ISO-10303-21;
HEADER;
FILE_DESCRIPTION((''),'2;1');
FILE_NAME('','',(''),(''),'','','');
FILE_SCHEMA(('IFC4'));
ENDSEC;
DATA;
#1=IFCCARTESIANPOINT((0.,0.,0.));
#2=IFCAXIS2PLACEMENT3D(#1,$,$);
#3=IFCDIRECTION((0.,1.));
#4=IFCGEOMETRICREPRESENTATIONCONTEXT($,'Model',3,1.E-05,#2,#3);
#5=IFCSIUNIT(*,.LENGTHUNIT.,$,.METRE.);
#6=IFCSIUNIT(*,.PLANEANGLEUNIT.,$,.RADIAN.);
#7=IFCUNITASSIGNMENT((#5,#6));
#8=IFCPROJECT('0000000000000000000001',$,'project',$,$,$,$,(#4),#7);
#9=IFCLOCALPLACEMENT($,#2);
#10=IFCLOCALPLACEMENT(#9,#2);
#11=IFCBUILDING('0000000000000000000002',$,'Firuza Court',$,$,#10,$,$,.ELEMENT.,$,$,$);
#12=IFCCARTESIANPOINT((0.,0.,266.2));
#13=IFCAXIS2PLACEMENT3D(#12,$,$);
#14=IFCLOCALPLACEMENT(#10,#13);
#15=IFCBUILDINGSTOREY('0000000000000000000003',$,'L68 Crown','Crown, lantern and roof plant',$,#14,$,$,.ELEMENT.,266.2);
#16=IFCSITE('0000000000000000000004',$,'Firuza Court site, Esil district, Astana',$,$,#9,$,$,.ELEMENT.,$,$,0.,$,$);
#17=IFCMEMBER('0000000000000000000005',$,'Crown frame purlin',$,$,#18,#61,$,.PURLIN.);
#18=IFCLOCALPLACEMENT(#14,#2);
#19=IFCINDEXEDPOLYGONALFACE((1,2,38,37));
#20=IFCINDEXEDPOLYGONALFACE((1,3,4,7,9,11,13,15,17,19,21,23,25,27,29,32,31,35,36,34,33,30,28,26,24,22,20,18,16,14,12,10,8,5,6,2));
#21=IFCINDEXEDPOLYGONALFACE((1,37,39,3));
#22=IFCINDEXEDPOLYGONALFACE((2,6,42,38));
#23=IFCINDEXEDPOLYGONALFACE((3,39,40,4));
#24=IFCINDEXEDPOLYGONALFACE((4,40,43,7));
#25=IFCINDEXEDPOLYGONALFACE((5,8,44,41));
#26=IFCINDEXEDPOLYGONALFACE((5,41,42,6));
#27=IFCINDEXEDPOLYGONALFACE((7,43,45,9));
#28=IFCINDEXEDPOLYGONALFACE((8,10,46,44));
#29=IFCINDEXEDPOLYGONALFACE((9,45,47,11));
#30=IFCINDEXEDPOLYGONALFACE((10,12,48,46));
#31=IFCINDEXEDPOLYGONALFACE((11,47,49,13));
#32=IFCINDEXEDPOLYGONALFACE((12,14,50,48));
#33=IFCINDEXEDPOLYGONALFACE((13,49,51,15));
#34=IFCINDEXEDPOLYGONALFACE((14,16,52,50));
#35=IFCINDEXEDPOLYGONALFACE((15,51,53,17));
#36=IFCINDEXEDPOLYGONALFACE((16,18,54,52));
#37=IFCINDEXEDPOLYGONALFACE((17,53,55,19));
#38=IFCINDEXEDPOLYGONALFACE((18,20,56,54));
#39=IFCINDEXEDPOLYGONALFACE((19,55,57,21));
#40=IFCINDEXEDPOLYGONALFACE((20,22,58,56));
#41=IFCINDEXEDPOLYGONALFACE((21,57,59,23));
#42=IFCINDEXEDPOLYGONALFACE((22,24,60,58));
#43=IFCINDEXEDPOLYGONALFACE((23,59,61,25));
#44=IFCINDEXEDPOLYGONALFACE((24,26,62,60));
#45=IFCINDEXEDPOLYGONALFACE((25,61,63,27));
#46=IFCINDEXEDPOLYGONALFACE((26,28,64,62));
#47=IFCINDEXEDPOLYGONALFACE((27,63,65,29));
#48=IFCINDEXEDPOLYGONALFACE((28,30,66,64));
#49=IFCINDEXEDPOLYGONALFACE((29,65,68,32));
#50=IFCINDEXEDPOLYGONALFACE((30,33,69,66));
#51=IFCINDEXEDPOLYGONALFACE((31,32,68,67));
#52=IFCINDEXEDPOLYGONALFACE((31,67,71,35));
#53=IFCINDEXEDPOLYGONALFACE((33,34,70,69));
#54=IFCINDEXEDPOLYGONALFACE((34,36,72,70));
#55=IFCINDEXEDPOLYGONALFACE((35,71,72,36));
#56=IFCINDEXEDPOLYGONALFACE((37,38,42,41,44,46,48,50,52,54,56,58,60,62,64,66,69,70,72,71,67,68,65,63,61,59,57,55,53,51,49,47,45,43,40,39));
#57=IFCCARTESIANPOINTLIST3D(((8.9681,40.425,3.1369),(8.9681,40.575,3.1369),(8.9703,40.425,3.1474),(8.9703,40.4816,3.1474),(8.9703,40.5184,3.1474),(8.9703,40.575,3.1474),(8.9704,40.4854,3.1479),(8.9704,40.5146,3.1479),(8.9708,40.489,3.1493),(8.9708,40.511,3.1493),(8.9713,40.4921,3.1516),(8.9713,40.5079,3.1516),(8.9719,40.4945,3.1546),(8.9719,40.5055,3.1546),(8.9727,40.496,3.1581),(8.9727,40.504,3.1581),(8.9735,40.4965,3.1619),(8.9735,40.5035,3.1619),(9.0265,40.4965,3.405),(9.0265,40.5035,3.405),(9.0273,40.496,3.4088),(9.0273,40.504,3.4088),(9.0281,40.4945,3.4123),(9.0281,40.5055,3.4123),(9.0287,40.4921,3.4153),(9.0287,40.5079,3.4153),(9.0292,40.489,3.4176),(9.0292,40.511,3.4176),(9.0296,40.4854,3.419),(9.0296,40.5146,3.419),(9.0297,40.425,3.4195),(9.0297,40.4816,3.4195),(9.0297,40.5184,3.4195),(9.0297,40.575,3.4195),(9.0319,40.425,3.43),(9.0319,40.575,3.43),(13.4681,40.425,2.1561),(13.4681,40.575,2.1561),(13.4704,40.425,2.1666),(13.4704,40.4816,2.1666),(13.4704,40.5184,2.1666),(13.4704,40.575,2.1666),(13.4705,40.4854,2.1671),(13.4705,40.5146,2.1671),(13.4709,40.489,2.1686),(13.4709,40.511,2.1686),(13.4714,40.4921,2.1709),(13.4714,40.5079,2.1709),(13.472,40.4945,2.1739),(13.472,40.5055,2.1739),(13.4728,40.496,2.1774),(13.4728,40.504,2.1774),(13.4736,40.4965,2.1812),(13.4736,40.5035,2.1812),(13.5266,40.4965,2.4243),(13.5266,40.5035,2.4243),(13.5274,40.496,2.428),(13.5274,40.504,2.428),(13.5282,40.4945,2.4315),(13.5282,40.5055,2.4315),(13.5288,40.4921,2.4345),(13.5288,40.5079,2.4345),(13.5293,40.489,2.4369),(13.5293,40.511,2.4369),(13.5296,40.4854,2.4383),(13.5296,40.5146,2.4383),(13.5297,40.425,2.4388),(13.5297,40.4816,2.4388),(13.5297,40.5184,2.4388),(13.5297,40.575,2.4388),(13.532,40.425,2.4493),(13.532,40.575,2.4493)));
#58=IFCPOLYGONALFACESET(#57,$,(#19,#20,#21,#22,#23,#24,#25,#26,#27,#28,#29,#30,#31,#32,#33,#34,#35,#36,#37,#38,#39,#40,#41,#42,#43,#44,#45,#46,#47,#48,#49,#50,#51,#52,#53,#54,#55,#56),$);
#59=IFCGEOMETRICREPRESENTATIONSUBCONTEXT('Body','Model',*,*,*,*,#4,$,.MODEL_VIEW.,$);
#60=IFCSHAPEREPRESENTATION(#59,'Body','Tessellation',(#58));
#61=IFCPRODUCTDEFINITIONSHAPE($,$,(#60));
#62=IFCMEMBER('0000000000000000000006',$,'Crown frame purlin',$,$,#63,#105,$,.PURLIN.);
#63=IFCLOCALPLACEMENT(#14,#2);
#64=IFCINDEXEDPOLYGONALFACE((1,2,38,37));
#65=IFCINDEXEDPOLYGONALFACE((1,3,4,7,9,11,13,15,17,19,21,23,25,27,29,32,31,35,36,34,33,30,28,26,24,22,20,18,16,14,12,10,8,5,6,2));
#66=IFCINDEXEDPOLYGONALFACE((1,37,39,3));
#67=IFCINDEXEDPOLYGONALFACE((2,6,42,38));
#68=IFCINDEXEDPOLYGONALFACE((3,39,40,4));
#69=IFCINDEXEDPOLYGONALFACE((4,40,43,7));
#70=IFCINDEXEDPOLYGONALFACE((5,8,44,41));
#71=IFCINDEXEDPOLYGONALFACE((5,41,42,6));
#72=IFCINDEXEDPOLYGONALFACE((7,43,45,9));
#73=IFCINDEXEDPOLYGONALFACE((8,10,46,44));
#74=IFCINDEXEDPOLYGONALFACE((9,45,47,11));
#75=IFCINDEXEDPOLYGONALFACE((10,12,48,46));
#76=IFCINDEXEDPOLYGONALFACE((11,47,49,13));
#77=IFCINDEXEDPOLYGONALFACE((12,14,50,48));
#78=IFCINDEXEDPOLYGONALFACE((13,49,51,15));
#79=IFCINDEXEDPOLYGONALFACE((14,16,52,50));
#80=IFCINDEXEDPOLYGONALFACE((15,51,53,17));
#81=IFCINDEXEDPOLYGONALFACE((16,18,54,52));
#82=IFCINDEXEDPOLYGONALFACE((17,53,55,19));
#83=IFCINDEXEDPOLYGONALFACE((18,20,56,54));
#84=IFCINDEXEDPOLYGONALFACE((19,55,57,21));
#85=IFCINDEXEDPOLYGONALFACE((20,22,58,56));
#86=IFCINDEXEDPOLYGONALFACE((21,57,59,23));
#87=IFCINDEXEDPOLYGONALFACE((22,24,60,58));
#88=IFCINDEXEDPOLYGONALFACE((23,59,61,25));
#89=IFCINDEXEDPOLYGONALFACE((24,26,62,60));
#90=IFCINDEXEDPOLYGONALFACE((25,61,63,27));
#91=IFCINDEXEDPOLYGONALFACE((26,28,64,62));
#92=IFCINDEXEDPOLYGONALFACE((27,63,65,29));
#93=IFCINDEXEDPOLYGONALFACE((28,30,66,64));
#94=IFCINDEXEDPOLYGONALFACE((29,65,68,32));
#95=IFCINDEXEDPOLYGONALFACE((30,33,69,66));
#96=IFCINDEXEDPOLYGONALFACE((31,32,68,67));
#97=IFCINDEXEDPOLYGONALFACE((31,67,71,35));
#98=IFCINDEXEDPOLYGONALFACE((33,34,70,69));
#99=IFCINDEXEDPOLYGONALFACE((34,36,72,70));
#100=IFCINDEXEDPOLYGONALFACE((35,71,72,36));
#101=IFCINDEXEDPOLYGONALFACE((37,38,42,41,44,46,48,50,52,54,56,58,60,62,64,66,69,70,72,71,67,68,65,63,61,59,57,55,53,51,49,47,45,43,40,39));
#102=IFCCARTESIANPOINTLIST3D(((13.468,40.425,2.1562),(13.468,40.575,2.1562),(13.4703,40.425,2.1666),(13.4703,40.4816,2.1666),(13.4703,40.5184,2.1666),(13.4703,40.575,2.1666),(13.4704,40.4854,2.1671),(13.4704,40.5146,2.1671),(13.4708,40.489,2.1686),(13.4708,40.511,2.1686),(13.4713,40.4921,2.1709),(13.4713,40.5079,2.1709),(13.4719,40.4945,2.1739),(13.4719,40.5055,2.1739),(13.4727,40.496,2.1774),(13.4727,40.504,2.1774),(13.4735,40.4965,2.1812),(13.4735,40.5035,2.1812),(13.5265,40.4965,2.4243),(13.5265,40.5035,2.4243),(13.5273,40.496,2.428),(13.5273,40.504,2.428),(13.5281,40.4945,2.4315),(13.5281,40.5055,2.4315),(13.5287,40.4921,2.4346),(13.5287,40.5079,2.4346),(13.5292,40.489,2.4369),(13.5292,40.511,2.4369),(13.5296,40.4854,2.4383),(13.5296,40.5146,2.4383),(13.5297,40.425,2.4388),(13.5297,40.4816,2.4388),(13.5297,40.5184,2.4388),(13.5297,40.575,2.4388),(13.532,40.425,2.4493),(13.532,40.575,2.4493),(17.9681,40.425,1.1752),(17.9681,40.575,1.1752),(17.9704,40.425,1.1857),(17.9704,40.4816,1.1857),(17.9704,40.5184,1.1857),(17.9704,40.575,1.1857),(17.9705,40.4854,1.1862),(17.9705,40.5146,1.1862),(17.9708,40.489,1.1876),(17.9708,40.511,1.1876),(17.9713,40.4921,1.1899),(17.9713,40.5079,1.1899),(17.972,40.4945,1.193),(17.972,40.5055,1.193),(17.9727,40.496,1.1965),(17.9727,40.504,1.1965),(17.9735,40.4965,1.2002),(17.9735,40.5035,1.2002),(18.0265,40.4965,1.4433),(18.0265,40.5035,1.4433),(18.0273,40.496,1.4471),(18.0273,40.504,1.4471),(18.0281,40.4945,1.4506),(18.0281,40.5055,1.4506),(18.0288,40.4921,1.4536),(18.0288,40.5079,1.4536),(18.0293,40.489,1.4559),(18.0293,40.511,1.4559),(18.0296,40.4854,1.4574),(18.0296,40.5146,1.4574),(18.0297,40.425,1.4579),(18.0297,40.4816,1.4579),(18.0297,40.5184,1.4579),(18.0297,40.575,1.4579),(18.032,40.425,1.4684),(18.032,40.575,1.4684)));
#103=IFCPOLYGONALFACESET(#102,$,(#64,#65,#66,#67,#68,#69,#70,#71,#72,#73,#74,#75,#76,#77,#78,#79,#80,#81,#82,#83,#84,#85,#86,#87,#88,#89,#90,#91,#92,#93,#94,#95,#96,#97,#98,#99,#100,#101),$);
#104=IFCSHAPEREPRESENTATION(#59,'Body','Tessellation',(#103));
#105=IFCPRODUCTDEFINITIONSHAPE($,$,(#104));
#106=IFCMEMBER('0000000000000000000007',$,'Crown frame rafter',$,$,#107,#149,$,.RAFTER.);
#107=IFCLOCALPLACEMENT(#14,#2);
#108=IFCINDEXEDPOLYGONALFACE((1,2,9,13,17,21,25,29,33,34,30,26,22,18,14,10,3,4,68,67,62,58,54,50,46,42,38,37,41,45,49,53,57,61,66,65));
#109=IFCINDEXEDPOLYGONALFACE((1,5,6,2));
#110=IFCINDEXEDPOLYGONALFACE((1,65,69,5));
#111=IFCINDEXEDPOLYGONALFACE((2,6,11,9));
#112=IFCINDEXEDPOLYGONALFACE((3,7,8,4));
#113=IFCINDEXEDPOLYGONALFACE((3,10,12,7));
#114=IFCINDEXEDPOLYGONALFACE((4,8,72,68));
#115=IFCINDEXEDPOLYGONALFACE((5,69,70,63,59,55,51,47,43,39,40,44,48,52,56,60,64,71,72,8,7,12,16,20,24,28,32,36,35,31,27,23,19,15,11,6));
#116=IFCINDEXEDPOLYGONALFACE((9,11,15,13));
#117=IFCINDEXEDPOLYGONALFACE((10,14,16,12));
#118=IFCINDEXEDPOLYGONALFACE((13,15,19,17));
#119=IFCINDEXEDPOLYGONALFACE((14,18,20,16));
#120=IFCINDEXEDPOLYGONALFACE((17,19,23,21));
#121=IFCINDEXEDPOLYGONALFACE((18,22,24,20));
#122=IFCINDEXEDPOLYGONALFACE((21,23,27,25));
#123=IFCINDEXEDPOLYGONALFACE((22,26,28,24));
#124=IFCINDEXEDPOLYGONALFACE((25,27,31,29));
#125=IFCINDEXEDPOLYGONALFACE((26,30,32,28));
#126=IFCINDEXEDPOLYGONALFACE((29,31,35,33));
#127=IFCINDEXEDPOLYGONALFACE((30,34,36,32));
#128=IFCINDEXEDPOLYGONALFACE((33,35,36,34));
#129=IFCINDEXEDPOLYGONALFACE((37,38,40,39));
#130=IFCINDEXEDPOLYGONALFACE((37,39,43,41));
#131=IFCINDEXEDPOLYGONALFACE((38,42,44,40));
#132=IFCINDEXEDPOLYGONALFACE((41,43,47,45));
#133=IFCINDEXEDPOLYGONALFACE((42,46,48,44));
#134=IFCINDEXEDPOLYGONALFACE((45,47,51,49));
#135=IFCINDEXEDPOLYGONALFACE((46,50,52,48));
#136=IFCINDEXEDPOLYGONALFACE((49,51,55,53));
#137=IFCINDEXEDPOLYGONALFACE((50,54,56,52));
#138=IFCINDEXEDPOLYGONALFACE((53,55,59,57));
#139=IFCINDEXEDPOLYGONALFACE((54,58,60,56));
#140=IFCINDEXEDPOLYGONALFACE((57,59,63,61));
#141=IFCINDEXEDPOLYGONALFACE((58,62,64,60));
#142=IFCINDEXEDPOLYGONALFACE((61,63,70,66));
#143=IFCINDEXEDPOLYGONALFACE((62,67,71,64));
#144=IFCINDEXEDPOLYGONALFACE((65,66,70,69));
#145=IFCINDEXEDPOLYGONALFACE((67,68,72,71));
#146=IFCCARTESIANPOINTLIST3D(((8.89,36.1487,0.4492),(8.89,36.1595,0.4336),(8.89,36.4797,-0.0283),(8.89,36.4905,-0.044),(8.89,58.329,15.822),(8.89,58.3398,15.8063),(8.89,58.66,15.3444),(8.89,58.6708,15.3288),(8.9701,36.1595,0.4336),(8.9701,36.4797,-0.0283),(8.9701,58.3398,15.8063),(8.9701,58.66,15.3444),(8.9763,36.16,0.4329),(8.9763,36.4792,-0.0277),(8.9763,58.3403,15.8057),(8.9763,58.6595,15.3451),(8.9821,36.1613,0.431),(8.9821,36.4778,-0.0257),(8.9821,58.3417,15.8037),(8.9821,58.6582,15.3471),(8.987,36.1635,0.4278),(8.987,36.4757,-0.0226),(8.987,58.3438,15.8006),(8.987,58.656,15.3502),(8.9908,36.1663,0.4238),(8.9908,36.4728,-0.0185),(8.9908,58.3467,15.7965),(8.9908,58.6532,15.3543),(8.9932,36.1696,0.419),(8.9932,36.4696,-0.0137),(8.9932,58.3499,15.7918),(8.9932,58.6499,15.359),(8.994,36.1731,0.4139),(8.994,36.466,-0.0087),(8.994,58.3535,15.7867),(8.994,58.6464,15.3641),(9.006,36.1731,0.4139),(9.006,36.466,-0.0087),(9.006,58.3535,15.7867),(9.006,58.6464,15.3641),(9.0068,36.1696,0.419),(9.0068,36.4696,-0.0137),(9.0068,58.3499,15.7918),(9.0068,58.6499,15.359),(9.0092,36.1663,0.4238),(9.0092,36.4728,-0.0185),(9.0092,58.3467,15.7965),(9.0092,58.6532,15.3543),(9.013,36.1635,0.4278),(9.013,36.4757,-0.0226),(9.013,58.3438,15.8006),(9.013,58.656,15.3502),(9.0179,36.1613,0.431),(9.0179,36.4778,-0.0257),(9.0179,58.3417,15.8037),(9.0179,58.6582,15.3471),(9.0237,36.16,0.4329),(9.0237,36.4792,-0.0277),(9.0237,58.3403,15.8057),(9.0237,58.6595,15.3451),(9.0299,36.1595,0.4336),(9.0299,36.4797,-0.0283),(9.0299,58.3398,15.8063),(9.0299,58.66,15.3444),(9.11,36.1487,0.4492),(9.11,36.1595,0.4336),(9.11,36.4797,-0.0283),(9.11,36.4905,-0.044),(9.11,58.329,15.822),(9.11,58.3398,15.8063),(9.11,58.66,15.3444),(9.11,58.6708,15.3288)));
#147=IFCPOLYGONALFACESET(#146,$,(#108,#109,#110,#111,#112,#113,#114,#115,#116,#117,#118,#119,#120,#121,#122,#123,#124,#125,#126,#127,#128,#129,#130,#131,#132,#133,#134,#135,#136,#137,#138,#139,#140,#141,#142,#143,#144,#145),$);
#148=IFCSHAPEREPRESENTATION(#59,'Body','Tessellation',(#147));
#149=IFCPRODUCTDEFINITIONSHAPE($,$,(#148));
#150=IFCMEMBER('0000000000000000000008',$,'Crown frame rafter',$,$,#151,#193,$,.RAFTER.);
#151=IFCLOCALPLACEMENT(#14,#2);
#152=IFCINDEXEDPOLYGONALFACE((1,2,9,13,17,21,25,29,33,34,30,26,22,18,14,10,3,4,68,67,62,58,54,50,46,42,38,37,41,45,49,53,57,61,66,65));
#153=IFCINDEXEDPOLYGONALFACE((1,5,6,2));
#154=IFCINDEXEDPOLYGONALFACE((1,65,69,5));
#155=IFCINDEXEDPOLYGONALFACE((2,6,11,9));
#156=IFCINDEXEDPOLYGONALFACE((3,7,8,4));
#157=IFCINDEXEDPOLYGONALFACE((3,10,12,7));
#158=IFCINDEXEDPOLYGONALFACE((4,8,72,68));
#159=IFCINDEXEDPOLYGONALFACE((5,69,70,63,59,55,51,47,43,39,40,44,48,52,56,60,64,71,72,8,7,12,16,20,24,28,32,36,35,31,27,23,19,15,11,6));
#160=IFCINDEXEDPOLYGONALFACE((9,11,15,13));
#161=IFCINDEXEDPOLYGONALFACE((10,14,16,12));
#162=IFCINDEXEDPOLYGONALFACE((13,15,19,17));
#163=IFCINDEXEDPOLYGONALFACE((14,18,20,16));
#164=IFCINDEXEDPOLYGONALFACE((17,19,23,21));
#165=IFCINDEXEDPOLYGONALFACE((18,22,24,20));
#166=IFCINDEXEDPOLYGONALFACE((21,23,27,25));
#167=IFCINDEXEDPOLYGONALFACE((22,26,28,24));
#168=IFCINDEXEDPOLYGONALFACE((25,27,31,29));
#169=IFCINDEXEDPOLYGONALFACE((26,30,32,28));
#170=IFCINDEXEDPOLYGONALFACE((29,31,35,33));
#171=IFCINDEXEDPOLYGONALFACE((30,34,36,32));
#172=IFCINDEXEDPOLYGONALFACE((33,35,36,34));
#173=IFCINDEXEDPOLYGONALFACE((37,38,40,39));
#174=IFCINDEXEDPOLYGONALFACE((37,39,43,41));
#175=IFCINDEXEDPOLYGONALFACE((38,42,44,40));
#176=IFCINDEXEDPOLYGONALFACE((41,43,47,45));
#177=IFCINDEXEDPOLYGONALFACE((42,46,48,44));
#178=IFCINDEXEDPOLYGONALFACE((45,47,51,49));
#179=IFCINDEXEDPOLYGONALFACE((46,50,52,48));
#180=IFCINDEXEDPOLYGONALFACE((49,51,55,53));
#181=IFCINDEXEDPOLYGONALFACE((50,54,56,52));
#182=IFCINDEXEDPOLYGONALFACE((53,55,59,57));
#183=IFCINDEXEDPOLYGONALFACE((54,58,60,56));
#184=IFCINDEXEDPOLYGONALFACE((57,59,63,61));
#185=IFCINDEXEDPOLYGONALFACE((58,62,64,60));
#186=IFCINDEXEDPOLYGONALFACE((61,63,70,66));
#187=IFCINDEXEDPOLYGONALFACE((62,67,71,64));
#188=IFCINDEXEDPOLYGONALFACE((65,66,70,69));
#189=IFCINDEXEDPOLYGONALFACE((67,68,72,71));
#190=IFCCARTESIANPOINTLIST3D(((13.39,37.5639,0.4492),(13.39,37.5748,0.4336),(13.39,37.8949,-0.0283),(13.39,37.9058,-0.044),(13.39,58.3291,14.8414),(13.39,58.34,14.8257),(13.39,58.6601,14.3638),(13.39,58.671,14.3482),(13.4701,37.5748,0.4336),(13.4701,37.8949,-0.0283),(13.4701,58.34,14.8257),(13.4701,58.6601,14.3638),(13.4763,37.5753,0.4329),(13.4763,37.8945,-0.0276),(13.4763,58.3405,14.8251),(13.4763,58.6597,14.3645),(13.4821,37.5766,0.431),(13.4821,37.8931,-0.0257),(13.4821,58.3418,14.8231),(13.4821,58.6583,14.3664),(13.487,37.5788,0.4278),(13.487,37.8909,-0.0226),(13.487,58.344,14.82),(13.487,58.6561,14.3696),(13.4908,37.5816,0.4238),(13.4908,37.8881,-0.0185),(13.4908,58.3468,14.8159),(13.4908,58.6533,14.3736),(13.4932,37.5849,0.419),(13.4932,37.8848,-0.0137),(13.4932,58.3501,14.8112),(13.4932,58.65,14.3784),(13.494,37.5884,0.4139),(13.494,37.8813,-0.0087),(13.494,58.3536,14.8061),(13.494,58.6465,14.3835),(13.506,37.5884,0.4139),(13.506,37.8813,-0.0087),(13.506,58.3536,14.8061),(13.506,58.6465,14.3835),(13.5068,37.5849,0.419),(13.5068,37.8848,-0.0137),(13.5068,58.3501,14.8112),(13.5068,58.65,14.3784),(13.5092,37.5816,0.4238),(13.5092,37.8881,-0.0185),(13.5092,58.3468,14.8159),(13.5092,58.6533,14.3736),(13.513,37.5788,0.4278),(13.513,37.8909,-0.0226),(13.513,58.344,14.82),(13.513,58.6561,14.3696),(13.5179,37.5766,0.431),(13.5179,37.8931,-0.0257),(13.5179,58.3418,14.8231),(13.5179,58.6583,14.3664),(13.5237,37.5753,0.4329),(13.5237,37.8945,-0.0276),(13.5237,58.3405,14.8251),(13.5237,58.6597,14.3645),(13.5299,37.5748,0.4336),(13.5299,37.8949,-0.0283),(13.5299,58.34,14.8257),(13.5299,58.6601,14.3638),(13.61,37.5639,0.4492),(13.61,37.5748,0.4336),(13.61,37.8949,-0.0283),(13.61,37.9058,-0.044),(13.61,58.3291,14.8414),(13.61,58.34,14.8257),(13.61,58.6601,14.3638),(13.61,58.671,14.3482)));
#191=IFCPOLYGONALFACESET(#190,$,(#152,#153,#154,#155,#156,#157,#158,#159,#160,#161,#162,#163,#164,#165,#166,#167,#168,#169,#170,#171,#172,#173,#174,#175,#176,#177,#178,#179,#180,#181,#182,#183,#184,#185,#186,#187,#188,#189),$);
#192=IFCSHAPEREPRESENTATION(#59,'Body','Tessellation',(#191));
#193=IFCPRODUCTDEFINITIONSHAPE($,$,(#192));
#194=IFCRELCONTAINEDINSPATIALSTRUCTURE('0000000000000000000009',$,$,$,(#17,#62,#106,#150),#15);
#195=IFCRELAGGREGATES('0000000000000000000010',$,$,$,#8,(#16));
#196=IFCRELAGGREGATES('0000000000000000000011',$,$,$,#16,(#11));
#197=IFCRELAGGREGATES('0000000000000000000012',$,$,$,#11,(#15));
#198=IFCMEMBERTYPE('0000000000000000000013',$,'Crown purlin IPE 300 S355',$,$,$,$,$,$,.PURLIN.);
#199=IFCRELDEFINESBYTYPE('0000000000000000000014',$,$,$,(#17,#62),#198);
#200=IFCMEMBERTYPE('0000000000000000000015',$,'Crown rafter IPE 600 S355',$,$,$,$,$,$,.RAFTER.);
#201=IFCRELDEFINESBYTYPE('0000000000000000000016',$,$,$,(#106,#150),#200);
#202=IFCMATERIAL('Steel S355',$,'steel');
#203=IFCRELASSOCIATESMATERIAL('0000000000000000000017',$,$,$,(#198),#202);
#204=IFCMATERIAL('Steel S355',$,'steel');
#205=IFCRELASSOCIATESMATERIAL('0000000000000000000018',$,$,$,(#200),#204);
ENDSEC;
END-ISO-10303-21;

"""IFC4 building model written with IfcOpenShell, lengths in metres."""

from ifc_helpers import new_model, si_unit, direction, frame, origin, origin_2d, place, context, subcontext, project, spatial, i_section, extrude, material, material_profile, profile_set, type_object, element, save


model = new_model("IFC4")

# Units and contexts
model_context = context("Model", 3, precision=1e-05, world=origin(), true_north=direction((0.0, 1.0)))
body_context = subcontext(model_context, "Body", "Model", "MODEL_VIEW")
ifc_project = project(units=[si_unit("LENGTHUNIT", "METRE"), si_unit("PLANEANGLEUNIT", "RADIAN")], contexts=[model_context])

# Site, building, storey
site_placement = place(None, origin())
site = spatial("IfcSite", under=ifc_project, at=site_placement, Name="Firuza Court site, Esil district, Astana", CompositionType="ELEMENT", RefElevation=0.0)
building_placement = place(site_placement, origin())
building = spatial("IfcBuilding", under=site, at=building_placement, Name="Firuza Court", CompositionType="ELEMENT")
storey_placement = place(building_placement, frame((0.0, 0.0, 266.2)))
storey = spatial("IfcBuildingStorey", under=building, at=storey_placement, Name="L68 Crown", Description="Crown, lantern and roof plant", CompositionType="ELEMENT", Elevation=266.2)

# Members
ifc_material_1 = material(Name="Steel S355", Category="steel")
ifc_material_profile_1 = material_profile(ifc_material_1, i_section(OverallWidth=0.1499, OverallDepth=0.3, WebThickness=0.0071, FlangeThickness=0.0107, FilletRadius=0.0149, at=origin_2d()), Name="IPE 300")
ifc_profile_set_1 = profile_set([ifc_material_profile_1], Name="Steel S355")
member_type_1 = type_object("IfcMemberType", Name="Crown purlin IPE 300 S355", PredefinedType="PURLIN", material=ifc_profile_set_1)
for number, where, z_axis, x_axis, name in (
    (1, (9.0, 40.5, 3.2834), (0.977066, 0.0, -0.212938), (0.0, 1.0, 0.0), "Crown frame purlin"),
    (2, (13.5, 40.5, 2.3027), (0.977055, 0.0, -0.212989), (0.0, 1.0, 0.0), "Crown frame purlin"),
):
    element("IfcMember", number, at=place(storey_placement, frame(where, z_axis=z_axis, x_axis=x_axis)), inside=storey, type_object=member_type_1, Name=name, PredefinedType="PURLIN", context=body_context, shape_type="SweptSolid", body=[
        extrude(i_section(OverallWidth=0.1499, OverallDepth=0.3, WebThickness=0.0071, FlangeThickness=0.0107, FilletRadius=0.0149, at=origin_2d()), origin(), (0.0, 0.0, 1.0), 4.6057),
    ])
ifc_material_2 = material(Name="Steel S355", Category="steel")
ifc_material_profile_2 = material_profile(ifc_material_2, i_section(OverallWidth=0.22, OverallDepth=0.6001, WebThickness=0.012, FlangeThickness=0.019, FilletRadius=0.0239, at=origin_2d()), Name="IPE 600")
ifc_profile_set_2 = profile_set([ifc_material_profile_2], Name="Steel S355")
member_type_2 = type_object("IfcMemberType", Name="Crown rafter IPE 600 S355", PredefinedType="RAFTER", material=ifc_profile_set_2)
member_1_placement = place(storey_placement, frame((9.0, 36.3196, 0.2026), z_axis=(0.0, 0.821895, 0.569639), x_axis=(-1.0, 0.0, 0.0)))
element("IfcMember", 3, at=member_1_placement, inside=storey, type_object=member_type_2, Name="Crown frame rafter", PredefinedType="RAFTER", context=body_context, shape_type="SweptSolid", body=[
    extrude(i_section(OverallWidth=0.22, OverallDepth=0.6001, WebThickness=0.012, FlangeThickness=0.019, FilletRadius=0.0239, at=origin_2d()), origin(), (0.0, 0.0, 1.0), 26.9868),
])
member_2_placement = place(storey_placement, frame((13.5, 37.7349, 0.2026), z_axis=(0.0, 0.821892, 0.569644), x_axis=(-1.0, 0.0, 0.0)))
element("IfcMember", 4, at=member_2_placement, inside=storey, type_object=member_type_2, Name="Crown frame rafter", PredefinedType="RAFTER", context=body_context, shape_type="SweptSolid", body=[
    extrude(i_section(OverallWidth=0.22, OverallDepth=0.6001, WebThickness=0.012, FlangeThickness=0.019, FilletRadius=0.0239, at=origin_2d()), origin(), (0.0, 0.0, 1.0), 25.2651),
])

save(model, "model.ifc")
